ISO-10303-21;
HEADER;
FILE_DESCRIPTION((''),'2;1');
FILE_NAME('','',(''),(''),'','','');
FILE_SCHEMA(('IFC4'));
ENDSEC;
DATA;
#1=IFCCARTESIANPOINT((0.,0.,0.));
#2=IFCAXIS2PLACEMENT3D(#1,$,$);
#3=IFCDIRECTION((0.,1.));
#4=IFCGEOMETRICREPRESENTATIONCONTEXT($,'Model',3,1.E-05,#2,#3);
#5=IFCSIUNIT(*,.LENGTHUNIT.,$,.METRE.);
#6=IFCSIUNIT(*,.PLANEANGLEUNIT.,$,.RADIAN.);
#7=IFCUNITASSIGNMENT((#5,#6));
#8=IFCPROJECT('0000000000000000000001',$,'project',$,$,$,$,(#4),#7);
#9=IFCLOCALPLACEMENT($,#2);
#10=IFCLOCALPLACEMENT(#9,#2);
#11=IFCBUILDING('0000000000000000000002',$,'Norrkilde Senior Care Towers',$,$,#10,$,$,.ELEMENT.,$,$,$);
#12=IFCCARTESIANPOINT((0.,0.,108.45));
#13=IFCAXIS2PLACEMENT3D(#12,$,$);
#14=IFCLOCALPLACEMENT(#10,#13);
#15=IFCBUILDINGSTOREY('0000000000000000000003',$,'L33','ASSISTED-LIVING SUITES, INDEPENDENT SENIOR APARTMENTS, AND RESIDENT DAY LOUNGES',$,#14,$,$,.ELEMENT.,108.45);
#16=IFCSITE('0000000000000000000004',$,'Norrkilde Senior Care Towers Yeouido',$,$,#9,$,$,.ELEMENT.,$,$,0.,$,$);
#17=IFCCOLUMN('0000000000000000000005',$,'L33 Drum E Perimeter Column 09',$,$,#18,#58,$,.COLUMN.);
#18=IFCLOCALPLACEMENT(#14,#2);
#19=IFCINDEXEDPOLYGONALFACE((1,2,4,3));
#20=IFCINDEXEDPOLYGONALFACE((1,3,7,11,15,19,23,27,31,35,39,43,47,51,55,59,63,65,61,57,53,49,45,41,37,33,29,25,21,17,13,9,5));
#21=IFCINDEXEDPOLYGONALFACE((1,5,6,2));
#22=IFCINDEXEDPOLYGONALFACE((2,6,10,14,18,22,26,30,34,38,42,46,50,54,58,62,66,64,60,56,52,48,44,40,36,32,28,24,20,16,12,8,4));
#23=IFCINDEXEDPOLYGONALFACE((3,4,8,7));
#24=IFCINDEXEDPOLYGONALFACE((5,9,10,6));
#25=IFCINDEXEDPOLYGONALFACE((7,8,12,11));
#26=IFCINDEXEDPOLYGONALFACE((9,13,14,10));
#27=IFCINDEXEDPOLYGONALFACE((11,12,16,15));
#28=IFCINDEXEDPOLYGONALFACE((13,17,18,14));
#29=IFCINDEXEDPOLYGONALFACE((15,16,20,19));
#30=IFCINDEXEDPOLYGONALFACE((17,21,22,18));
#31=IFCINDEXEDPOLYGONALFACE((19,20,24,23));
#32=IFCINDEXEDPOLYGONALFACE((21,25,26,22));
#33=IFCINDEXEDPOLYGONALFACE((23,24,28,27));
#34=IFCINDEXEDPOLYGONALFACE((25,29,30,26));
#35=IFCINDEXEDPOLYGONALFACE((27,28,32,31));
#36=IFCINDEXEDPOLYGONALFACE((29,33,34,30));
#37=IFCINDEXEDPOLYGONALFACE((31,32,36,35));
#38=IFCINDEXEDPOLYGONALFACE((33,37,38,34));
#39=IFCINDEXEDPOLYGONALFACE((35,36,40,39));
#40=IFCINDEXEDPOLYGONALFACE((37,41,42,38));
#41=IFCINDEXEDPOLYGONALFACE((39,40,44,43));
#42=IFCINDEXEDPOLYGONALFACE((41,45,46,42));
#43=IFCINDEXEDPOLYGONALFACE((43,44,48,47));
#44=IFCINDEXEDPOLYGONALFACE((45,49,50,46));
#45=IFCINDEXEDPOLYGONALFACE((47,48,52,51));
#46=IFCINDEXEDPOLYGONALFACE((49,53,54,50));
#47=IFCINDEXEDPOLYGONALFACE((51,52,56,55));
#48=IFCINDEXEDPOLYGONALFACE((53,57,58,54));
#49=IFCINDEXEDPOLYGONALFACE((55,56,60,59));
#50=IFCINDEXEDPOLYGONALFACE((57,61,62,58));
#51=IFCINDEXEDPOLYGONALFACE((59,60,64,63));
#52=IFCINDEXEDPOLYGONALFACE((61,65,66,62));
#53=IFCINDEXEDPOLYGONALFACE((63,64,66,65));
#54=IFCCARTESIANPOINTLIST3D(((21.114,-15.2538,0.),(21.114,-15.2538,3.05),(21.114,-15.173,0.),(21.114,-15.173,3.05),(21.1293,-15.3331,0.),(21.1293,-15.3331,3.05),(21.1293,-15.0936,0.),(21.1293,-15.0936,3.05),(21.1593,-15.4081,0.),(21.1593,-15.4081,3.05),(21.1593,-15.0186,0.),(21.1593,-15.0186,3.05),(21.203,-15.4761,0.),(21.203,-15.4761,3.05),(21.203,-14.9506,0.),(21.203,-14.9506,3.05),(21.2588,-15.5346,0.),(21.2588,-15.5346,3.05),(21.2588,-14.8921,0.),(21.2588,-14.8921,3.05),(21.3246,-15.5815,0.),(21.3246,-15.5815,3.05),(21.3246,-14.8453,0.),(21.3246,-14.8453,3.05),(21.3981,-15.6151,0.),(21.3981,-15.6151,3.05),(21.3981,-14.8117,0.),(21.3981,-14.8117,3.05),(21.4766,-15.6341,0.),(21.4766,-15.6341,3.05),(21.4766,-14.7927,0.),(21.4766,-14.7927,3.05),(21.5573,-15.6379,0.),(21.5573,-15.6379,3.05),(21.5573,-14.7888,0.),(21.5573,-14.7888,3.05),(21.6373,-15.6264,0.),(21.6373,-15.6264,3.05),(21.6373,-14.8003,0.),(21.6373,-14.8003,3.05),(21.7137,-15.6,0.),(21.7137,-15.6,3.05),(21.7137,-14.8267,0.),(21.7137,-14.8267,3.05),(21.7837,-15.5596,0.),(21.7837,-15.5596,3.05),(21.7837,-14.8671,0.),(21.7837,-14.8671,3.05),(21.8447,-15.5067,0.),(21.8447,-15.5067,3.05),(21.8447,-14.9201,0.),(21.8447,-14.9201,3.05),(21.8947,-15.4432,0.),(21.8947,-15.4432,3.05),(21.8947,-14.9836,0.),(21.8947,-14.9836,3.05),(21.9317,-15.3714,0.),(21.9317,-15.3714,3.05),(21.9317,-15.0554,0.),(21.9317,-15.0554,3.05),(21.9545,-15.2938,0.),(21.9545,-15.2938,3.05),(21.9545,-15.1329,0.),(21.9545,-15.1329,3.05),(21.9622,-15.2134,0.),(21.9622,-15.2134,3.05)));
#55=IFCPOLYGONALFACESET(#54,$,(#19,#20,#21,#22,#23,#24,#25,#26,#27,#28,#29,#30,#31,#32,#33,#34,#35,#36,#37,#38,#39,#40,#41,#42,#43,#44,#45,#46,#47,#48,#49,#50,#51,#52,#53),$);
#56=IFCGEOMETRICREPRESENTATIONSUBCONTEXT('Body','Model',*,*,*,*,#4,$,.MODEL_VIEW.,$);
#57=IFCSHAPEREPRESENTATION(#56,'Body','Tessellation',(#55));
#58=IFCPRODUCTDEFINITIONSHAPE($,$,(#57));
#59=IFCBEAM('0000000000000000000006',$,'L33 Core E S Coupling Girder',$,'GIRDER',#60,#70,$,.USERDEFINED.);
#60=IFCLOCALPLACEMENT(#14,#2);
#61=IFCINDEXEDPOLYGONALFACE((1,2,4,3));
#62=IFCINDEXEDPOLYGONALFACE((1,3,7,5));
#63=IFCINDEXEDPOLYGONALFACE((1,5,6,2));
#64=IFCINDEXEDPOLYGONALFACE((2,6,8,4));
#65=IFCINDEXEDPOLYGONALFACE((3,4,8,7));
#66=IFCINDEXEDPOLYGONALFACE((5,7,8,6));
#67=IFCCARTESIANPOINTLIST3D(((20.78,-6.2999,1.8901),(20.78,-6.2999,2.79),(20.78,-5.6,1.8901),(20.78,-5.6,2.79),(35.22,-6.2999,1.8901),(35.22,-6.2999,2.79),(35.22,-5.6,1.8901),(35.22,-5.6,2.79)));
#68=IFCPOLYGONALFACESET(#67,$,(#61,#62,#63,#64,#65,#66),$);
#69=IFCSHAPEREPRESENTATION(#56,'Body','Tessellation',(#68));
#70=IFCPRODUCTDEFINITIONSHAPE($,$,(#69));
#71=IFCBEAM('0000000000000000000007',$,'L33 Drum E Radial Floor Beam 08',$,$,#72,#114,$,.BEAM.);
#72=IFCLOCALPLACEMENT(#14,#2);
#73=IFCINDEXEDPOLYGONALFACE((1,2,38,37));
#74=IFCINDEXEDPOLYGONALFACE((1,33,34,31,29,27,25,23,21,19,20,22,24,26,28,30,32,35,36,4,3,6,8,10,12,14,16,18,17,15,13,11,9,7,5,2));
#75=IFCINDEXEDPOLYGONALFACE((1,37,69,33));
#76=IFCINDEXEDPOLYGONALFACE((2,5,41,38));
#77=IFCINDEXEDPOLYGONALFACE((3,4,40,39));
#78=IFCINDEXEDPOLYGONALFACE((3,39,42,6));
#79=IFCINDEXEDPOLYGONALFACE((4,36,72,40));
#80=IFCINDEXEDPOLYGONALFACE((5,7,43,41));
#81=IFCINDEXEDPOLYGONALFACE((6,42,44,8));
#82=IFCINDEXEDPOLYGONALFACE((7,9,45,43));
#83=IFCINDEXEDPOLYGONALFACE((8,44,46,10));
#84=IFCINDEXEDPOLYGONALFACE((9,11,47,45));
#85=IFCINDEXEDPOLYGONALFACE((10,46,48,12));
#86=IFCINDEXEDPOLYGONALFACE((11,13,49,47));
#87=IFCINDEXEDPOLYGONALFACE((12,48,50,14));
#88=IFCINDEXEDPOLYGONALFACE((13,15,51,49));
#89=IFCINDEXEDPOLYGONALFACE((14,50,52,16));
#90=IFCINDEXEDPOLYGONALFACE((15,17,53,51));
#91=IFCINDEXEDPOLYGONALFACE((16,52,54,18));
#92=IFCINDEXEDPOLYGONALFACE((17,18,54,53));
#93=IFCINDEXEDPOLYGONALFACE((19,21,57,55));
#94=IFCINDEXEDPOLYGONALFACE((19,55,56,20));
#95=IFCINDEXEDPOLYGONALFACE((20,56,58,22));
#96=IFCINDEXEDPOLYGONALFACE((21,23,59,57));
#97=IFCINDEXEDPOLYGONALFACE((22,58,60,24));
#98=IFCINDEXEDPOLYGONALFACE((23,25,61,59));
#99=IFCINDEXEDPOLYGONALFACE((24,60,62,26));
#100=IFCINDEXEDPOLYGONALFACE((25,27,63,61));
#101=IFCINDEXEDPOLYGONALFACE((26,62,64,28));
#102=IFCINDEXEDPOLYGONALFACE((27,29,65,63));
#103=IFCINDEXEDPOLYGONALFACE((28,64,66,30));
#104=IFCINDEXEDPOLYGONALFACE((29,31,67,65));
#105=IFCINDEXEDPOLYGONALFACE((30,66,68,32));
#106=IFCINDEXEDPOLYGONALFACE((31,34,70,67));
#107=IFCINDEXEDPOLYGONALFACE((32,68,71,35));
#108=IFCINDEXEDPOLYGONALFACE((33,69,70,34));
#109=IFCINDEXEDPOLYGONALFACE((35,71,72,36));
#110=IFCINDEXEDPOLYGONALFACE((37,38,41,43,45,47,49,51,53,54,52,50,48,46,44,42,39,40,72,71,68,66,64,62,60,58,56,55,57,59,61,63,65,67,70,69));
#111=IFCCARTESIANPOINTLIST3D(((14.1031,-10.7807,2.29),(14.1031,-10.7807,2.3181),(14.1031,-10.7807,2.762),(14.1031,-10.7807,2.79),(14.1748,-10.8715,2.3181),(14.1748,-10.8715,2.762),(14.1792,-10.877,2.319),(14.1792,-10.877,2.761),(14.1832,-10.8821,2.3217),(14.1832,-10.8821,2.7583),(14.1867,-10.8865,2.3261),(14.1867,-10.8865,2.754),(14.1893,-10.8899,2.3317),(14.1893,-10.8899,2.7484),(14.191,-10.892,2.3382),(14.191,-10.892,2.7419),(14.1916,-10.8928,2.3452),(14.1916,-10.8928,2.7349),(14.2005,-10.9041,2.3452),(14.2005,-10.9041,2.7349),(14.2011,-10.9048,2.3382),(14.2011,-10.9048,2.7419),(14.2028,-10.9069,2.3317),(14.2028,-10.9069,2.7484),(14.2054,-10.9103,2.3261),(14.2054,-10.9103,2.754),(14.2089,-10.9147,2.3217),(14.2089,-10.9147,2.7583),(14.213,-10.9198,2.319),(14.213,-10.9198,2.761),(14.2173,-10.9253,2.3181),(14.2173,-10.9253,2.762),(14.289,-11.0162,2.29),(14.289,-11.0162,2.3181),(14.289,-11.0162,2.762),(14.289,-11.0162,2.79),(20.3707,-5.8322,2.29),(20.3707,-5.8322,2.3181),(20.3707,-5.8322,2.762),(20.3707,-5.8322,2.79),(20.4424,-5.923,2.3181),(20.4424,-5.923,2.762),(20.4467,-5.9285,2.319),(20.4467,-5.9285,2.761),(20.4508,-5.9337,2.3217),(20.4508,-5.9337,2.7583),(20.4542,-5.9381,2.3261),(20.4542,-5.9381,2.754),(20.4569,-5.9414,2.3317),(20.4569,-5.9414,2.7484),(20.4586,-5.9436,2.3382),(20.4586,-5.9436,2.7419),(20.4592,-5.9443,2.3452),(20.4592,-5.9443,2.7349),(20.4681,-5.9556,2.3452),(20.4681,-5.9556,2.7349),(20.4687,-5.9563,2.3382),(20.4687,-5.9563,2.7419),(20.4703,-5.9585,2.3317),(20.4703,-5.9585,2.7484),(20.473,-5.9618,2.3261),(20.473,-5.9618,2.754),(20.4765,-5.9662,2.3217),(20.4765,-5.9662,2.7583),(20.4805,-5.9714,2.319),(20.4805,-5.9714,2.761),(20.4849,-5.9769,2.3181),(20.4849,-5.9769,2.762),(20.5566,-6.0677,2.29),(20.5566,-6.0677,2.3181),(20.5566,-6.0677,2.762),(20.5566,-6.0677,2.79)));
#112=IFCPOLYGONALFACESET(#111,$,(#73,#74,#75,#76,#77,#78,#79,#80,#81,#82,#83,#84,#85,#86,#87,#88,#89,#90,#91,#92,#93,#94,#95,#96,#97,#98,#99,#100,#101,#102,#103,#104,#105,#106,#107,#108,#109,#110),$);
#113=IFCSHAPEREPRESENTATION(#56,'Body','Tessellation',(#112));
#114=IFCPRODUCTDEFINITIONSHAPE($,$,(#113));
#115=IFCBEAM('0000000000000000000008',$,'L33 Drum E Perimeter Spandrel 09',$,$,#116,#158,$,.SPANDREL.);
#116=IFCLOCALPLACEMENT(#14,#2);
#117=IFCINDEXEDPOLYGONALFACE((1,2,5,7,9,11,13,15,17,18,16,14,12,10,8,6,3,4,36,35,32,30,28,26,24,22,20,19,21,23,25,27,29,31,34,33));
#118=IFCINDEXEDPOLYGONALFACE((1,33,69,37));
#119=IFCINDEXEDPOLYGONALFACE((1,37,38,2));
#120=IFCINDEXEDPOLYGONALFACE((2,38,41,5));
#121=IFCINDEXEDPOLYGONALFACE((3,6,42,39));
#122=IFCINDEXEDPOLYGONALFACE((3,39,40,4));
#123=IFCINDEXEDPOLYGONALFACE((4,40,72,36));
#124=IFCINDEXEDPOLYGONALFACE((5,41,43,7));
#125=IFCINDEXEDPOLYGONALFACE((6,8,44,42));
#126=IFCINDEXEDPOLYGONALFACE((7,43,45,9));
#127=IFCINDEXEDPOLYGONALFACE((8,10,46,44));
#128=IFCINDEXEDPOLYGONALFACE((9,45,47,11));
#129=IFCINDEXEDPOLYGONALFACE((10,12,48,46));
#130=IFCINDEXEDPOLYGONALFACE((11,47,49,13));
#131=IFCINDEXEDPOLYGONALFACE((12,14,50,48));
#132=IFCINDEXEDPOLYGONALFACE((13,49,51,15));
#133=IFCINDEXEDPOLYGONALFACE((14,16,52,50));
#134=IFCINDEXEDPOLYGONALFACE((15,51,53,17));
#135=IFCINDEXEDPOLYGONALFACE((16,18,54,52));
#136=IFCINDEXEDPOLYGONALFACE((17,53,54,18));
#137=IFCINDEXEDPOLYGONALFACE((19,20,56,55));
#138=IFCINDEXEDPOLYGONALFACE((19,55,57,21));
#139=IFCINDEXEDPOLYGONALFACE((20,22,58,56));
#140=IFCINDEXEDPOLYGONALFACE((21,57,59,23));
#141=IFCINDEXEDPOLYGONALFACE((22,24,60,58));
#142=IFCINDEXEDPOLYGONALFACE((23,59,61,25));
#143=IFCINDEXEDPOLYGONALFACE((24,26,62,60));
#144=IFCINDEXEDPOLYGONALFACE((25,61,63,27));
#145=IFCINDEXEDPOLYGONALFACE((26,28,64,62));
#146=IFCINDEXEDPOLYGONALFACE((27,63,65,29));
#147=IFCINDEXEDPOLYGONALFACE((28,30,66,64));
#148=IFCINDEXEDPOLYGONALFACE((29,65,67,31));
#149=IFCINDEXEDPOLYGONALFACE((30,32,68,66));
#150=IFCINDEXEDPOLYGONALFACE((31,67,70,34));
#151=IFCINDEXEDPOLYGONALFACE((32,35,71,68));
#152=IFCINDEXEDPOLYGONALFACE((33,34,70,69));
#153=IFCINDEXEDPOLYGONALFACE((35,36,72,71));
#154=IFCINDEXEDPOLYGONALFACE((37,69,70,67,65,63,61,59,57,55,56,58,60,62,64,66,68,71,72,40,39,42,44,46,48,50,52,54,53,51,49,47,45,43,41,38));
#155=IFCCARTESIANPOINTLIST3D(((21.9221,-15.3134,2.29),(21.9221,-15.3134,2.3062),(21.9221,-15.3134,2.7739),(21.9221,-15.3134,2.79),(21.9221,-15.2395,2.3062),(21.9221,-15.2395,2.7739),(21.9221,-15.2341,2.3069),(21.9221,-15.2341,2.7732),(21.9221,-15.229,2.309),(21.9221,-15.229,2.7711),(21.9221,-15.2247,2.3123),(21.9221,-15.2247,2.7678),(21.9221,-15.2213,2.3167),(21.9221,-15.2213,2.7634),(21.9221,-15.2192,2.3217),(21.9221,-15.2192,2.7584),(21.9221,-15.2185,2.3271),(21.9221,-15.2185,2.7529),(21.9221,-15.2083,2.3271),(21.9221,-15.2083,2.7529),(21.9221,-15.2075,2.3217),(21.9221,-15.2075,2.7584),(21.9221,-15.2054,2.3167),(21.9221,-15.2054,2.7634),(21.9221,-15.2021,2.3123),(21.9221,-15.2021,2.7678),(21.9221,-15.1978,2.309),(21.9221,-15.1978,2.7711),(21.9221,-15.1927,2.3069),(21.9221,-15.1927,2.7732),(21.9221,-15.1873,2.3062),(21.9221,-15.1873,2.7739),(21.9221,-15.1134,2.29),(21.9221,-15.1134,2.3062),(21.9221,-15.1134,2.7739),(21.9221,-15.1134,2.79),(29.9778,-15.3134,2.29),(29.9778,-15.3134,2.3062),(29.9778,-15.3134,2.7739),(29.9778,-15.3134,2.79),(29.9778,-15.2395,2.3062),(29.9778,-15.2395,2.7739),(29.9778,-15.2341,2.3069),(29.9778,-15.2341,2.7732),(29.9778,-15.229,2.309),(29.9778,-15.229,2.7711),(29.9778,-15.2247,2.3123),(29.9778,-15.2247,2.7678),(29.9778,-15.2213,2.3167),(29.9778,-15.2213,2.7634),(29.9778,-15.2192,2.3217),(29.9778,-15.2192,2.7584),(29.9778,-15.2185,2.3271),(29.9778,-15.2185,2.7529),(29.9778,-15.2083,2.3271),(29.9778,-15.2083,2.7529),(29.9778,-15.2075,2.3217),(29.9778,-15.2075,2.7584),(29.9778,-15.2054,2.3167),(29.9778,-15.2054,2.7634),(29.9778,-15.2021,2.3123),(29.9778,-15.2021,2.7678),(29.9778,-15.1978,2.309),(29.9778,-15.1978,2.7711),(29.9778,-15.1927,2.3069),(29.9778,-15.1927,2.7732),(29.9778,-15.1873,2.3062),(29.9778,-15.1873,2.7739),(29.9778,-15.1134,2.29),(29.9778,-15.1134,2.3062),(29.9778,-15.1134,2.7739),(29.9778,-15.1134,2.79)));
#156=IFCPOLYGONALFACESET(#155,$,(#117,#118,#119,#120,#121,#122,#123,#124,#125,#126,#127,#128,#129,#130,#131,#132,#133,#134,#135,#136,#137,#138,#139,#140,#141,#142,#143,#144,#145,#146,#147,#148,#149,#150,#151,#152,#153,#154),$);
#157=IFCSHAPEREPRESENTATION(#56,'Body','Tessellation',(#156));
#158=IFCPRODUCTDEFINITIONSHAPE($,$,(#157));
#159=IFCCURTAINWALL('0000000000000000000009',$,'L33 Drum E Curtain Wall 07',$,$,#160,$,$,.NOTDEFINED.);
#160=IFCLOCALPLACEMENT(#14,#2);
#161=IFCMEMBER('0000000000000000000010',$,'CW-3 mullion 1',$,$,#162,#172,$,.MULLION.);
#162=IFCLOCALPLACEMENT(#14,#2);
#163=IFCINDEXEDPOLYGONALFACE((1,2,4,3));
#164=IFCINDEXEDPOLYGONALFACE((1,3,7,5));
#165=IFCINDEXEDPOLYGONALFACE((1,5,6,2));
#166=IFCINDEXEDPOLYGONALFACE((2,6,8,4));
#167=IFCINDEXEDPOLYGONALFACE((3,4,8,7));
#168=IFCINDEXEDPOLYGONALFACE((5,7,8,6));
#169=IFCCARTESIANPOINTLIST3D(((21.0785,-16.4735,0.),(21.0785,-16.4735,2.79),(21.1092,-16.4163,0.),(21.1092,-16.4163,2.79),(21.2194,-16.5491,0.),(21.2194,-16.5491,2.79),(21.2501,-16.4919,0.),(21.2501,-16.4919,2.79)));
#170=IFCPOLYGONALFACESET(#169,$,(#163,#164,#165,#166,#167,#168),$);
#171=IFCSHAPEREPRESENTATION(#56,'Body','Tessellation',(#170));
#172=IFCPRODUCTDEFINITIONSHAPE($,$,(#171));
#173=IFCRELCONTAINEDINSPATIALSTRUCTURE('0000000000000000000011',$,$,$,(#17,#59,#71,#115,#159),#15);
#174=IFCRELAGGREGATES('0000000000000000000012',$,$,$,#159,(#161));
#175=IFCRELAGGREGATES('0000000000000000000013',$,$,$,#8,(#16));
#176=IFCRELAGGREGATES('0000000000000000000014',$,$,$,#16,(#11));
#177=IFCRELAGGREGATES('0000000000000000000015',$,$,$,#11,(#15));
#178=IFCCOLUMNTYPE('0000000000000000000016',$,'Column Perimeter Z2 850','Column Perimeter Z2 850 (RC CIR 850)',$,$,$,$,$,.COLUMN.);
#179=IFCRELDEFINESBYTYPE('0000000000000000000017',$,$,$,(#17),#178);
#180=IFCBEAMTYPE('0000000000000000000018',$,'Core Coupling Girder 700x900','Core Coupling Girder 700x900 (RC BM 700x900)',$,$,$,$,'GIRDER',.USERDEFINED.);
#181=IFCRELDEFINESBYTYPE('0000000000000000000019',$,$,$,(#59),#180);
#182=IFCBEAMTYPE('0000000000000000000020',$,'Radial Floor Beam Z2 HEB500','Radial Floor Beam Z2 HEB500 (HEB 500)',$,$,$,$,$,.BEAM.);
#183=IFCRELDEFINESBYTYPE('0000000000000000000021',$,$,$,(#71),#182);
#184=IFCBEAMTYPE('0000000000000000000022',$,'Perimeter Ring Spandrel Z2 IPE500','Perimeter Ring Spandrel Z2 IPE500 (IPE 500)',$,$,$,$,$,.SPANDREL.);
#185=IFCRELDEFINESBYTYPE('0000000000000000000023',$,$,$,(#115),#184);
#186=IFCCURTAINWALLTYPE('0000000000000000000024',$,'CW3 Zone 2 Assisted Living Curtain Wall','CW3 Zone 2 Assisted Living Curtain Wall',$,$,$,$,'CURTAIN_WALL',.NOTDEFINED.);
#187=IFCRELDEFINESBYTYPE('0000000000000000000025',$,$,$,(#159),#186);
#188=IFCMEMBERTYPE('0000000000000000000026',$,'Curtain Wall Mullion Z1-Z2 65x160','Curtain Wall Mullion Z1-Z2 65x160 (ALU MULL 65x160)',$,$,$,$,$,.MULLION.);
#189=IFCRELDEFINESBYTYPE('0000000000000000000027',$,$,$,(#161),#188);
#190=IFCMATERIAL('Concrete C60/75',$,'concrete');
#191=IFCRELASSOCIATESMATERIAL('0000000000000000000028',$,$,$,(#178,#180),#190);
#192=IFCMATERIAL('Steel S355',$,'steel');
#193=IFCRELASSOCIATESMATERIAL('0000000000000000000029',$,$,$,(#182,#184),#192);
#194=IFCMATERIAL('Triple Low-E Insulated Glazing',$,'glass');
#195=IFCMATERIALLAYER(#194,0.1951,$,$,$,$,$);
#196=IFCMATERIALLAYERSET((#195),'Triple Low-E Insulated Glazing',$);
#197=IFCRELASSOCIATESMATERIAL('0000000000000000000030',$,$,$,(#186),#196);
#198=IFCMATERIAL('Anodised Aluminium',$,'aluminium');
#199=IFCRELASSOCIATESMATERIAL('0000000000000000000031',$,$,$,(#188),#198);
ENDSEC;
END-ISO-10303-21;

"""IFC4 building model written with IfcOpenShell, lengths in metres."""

from ifc_helpers import new_model, si_unit, direction, frame, origin, origin_2d, place, context, subcontext, project, spatial, rectangle, circle, i_section, extrude, source, transform, mapped, material, layer, layer_set, material_profile, profile_set, type_object, type_shapes, element, aggregate, save


model = new_model("IFC4")

# Units and contexts
model_context = context("Model", 3, precision=1e-05, world=origin(), true_north=direction((0.0, 1.0)))
body_context = subcontext(model_context, "Body", "Model", "MODEL_VIEW")
ifc_project = project(units=[si_unit("LENGTHUNIT", "METRE"), si_unit("PLANEANGLEUNIT", "RADIAN")], contexts=[model_context])

# Site, building, storey
site_placement = place(None, origin())
site = spatial("IfcSite", under=ifc_project, at=site_placement, Name="Norrkilde Senior Care Towers Yeouido", CompositionType="ELEMENT", RefElevation=0.0)
building_placement = place(site_placement, origin())
building = spatial("IfcBuilding", under=site, at=building_placement, Name="Norrkilde Senior Care Towers", CompositionType="ELEMENT")
storey_placement = place(building_placement, frame((0.0, 0.0, 108.45)))
storey = spatial("IfcBuildingStorey", under=building, at=storey_placement, Name="L33", Description="ASSISTED-LIVING SUITES, INDEPENDENT SENIOR APARTMENTS, AND RESIDENT DAY LOUNGES", CompositionType="ELEMENT", Elevation=108.45)

# Column
ifc_material_1 = material(Name="Concrete C60/75", Category="concrete")
ifc_material_profile_1 = material_profile(ifc_material_1, circle(Radius=0.425, at=origin_2d()), Name="RC CIR 850")
ifc_profile_set_1 = profile_set([ifc_material_profile_1], Name="Concrete C60/75")
column_type = type_object("IfcColumnType", Name="Column Perimeter Z2 850", Description="Column Perimeter Z2 850 (RC CIR 850)", PredefinedType="COLUMN", material=ifc_profile_set_1)
shared_shape_1 = source(origin(), body_context, "Body", "SweptSolid", [
    extrude(circle(Radius=0.425, at=origin_2d()), origin(), (0.0, 0.0, 1.0), 3.05),
])
type_shapes(column_type, [shared_shape_1])
column_placement = place(storey_placement, frame((21.5371, -15.2134, 0.0), z_axis=(0.0, 0.0, 1.0), x_axis=(1.0, 0.0, 0.0)))
element("IfcColumn", 1, at=column_placement, inside=storey, type_object=column_type, Name="L33 Drum E Perimeter Column 09", PredefinedType="COLUMN", context=body_context, shape_type="MappedRepresentation", body=[
    mapped(shared_shape_1, transform((0.0, 0.0, 0.0), x_axis=(1.0, 0.0, 0.0), y_axis=(0.0, 1.0, 0.0), z_axis=(0.0, 0.0, 1.0), scale=1.0)),
])

# Beams
ifc_material_profile_2 = material_profile(ifc_material_1, rectangle(XDim=0.7, YDim=0.8999, at=origin_2d()), Name="RC BM 700x900")
ifc_profile_set_2 = profile_set([ifc_material_profile_2], Name="Concrete C60/75")
beam_type_1 = type_object("IfcBeamType", Name="Core Coupling Girder 700x900", Description="Core Coupling Girder 700x900 (RC BM 700x900)", ElementType="GIRDER", PredefinedType="USERDEFINED", material=ifc_profile_set_2)
shared_shape_2 = source(origin(), body_context, "Body", "SweptSolid", [
    extrude(rectangle(XDim=0.7, YDim=0.8999, at=origin_2d()), origin(), (0.0, 0.0, 1.0), 14.4399),
])
type_shapes(beam_type_1, [shared_shape_2])
beam_1_placement = place(storey_placement, frame((20.78, -5.95, 2.3401), z_axis=(1.0, 0.0, 0.0), x_axis=(0.0, 1.0, 0.0)))
element("IfcBeam", 2, at=beam_1_placement, inside=storey, type_object=beam_type_1, Name="L33 Core E S Coupling Girder", ObjectType="GIRDER", PredefinedType="USERDEFINED", context=body_context, shape_type="MappedRepresentation", body=[
    mapped(shared_shape_2, transform((0.0, 0.0, 0.0), x_axis=(1.0, 0.0, 0.0), y_axis=(0.0, 1.0, 0.0), z_axis=(0.0, 0.0, 1.0), scale=1.0)),
])
ifc_material_2 = material(Name="Steel S355", Category="steel")
ifc_material_profile_3 = material_profile(ifc_material_2, i_section(OverallWidth=0.3, OverallDepth=0.5, WebThickness=0.0144, FlangeThickness=0.0281, FilletRadius=0.0271, at=origin_2d()), Name="HEB 500")
ifc_profile_set_3 = profile_set([ifc_material_profile_3], Name="Steel S355")
beam_type_2 = type_object("IfcBeamType", Name="Radial Floor Beam Z2 HEB500", Description="Radial Floor Beam Z2 HEB500 (HEB 500)", PredefinedType="BEAM", material=ifc_profile_set_3)
shared_shape_3 = source(origin(), body_context, "Body", "SweptSolid", [
    extrude(i_section(OverallWidth=0.3, OverallDepth=0.5, WebThickness=0.0144, FlangeThickness=0.0281, FilletRadius=0.0271, at=origin_2d()), origin(), (0.0, 0.0, 1.0), 7.9856),
])
type_shapes(beam_type_2, [shared_shape_3])
beam_2_placement = place(storey_placement, frame((20.4636, -5.95, 2.54), z_axis=(-0.784859, -0.619675, 0.0), x_axis=(0.619675, -0.784859, 0.0)))
element("IfcBeam", 3, at=beam_2_placement, inside=storey, type_object=beam_type_2, Name="L33 Drum E Radial Floor Beam 08", PredefinedType="BEAM", context=body_context, shape_type="MappedRepresentation", body=[
    mapped(shared_shape_3, transform((0.0, 0.0, 0.0), x_axis=(1.0, 0.0, 0.0), y_axis=(0.0, 1.0, 0.0), z_axis=(0.0, 0.0, 1.0), scale=1.0)),
])
ifc_material_profile_4 = material_profile(ifc_material_2, i_section(OverallWidth=0.2, OverallDepth=0.5, WebThickness=0.0103, FlangeThickness=0.0161, FilletRadius=0.021, at=origin_2d()), Name="IPE 500")
ifc_profile_set_4 = profile_set([ifc_material_profile_4], Name="Steel S355")
beam_type_3 = type_object("IfcBeamType", Name="Perimeter Ring Spandrel Z2 IPE500", Description="Perimeter Ring Spandrel Z2 IPE500 (IPE 500)", PredefinedType="SPANDREL", material=ifc_profile_set_4)
shared_shape_4 = source(origin(), body_context, "Body", "SweptSolid", [
    extrude(i_section(OverallWidth=0.2, OverallDepth=0.5, WebThickness=0.0103, FlangeThickness=0.0161, FilletRadius=0.021, at=origin_2d()), origin(), (0.0, 0.0, 1.0), 8.0557),
])
type_shapes(beam_type_3, [shared_shape_4])
beam_3_placement = place(storey_placement, frame((21.9221, -15.2134, 2.54), z_axis=(1.0, 0.0, 0.0), x_axis=(0.0, 1.0, 0.0)))
element("IfcBeam", 4, at=beam_3_placement, inside=storey, type_object=beam_type_3, Name="L33 Drum E Perimeter Spandrel 09", PredefinedType="SPANDREL", context=body_context, shape_type="MappedRepresentation", body=[
    mapped(shared_shape_4, transform((0.0, 0.0, 0.0), x_axis=(1.0, 0.0, 0.0), y_axis=(0.0, 1.0, 0.0), z_axis=(0.0, 0.0, 1.0), scale=1.0)),
])

# Curtain wall, member
ifc_material_3 = material(Name="Triple Low-E Insulated Glazing", Category="glass")
ifc_layer_1 = layer(ifc_material_3, 0.1951)
ifc_layer_set_1 = layer_set([ifc_layer_1], Name="Triple Low-E Insulated Glazing")
curtain_wall_type = type_object("IfcCurtainWallType", Name="CW3 Zone 2 Assisted Living Curtain Wall", Description="CW3 Zone 2 Assisted Living Curtain Wall", ElementType="CURTAIN_WALL", PredefinedType="NOTDEFINED", material=ifc_layer_set_1)
curtain_wall_1_placement = place(storey_placement, origin())
curtain_wall_1 = element("IfcCurtainWall", 5, at=curtain_wall_1_placement, inside=storey, type_object=curtain_wall_type, Name="L33 Drum E Curtain Wall 07", PredefinedType="NOTDEFINED")
ifc_material_4 = material(Name="Anodised Aluminium", Category="aluminium")
ifc_material_profile_5 = material_profile(ifc_material_4, rectangle(XDim=0.0649, YDim=0.1599, at=origin_2d()), Name="ALU MULL 65x160")
ifc_profile_set_5 = profile_set([ifc_material_profile_5], Name="Anodised Aluminium")
member_type_1 = type_object("IfcMemberType", Name="Curtain Wall Mullion Z1-Z2 65x160", Description="Curtain Wall Mullion Z1-Z2 65x160 (ALU MULL 65x160)", PredefinedType="MULLION", material=ifc_profile_set_5)
shared_shape_5 = source(origin(), body_context, "Body", "SweptSolid", [
    extrude(rectangle(XDim=0.0649, YDim=0.1599, at=origin_2d()), origin(), (0.0, 0.0, 1.0), 2.79),
])
type_shapes(member_type_1, [shared_shape_5])
member_1_placement = place(storey_placement, frame((21.1643, -16.4827, 0.0), z_axis=(0.0, 0.0, 1.0), x_axis=(-0.472769, -0.881186, 0.0)))
member_1 = element("IfcMember", 6, at=member_1_placement, type_object=member_type_1, Name="CW-3 mullion 1", PredefinedType="MULLION", context=body_context, shape_type="MappedRepresentation", body=[
    mapped(shared_shape_5, transform((0.0, 0.0, 0.0), x_axis=(1.0, 0.0, 0.0), y_axis=(0.0, 1.0, 0.0), z_axis=(0.0, 0.0, 1.0), scale=1.0)),
])

aggregate(curtain_wall_1, [member_1])

save(model, "model.ifc")
